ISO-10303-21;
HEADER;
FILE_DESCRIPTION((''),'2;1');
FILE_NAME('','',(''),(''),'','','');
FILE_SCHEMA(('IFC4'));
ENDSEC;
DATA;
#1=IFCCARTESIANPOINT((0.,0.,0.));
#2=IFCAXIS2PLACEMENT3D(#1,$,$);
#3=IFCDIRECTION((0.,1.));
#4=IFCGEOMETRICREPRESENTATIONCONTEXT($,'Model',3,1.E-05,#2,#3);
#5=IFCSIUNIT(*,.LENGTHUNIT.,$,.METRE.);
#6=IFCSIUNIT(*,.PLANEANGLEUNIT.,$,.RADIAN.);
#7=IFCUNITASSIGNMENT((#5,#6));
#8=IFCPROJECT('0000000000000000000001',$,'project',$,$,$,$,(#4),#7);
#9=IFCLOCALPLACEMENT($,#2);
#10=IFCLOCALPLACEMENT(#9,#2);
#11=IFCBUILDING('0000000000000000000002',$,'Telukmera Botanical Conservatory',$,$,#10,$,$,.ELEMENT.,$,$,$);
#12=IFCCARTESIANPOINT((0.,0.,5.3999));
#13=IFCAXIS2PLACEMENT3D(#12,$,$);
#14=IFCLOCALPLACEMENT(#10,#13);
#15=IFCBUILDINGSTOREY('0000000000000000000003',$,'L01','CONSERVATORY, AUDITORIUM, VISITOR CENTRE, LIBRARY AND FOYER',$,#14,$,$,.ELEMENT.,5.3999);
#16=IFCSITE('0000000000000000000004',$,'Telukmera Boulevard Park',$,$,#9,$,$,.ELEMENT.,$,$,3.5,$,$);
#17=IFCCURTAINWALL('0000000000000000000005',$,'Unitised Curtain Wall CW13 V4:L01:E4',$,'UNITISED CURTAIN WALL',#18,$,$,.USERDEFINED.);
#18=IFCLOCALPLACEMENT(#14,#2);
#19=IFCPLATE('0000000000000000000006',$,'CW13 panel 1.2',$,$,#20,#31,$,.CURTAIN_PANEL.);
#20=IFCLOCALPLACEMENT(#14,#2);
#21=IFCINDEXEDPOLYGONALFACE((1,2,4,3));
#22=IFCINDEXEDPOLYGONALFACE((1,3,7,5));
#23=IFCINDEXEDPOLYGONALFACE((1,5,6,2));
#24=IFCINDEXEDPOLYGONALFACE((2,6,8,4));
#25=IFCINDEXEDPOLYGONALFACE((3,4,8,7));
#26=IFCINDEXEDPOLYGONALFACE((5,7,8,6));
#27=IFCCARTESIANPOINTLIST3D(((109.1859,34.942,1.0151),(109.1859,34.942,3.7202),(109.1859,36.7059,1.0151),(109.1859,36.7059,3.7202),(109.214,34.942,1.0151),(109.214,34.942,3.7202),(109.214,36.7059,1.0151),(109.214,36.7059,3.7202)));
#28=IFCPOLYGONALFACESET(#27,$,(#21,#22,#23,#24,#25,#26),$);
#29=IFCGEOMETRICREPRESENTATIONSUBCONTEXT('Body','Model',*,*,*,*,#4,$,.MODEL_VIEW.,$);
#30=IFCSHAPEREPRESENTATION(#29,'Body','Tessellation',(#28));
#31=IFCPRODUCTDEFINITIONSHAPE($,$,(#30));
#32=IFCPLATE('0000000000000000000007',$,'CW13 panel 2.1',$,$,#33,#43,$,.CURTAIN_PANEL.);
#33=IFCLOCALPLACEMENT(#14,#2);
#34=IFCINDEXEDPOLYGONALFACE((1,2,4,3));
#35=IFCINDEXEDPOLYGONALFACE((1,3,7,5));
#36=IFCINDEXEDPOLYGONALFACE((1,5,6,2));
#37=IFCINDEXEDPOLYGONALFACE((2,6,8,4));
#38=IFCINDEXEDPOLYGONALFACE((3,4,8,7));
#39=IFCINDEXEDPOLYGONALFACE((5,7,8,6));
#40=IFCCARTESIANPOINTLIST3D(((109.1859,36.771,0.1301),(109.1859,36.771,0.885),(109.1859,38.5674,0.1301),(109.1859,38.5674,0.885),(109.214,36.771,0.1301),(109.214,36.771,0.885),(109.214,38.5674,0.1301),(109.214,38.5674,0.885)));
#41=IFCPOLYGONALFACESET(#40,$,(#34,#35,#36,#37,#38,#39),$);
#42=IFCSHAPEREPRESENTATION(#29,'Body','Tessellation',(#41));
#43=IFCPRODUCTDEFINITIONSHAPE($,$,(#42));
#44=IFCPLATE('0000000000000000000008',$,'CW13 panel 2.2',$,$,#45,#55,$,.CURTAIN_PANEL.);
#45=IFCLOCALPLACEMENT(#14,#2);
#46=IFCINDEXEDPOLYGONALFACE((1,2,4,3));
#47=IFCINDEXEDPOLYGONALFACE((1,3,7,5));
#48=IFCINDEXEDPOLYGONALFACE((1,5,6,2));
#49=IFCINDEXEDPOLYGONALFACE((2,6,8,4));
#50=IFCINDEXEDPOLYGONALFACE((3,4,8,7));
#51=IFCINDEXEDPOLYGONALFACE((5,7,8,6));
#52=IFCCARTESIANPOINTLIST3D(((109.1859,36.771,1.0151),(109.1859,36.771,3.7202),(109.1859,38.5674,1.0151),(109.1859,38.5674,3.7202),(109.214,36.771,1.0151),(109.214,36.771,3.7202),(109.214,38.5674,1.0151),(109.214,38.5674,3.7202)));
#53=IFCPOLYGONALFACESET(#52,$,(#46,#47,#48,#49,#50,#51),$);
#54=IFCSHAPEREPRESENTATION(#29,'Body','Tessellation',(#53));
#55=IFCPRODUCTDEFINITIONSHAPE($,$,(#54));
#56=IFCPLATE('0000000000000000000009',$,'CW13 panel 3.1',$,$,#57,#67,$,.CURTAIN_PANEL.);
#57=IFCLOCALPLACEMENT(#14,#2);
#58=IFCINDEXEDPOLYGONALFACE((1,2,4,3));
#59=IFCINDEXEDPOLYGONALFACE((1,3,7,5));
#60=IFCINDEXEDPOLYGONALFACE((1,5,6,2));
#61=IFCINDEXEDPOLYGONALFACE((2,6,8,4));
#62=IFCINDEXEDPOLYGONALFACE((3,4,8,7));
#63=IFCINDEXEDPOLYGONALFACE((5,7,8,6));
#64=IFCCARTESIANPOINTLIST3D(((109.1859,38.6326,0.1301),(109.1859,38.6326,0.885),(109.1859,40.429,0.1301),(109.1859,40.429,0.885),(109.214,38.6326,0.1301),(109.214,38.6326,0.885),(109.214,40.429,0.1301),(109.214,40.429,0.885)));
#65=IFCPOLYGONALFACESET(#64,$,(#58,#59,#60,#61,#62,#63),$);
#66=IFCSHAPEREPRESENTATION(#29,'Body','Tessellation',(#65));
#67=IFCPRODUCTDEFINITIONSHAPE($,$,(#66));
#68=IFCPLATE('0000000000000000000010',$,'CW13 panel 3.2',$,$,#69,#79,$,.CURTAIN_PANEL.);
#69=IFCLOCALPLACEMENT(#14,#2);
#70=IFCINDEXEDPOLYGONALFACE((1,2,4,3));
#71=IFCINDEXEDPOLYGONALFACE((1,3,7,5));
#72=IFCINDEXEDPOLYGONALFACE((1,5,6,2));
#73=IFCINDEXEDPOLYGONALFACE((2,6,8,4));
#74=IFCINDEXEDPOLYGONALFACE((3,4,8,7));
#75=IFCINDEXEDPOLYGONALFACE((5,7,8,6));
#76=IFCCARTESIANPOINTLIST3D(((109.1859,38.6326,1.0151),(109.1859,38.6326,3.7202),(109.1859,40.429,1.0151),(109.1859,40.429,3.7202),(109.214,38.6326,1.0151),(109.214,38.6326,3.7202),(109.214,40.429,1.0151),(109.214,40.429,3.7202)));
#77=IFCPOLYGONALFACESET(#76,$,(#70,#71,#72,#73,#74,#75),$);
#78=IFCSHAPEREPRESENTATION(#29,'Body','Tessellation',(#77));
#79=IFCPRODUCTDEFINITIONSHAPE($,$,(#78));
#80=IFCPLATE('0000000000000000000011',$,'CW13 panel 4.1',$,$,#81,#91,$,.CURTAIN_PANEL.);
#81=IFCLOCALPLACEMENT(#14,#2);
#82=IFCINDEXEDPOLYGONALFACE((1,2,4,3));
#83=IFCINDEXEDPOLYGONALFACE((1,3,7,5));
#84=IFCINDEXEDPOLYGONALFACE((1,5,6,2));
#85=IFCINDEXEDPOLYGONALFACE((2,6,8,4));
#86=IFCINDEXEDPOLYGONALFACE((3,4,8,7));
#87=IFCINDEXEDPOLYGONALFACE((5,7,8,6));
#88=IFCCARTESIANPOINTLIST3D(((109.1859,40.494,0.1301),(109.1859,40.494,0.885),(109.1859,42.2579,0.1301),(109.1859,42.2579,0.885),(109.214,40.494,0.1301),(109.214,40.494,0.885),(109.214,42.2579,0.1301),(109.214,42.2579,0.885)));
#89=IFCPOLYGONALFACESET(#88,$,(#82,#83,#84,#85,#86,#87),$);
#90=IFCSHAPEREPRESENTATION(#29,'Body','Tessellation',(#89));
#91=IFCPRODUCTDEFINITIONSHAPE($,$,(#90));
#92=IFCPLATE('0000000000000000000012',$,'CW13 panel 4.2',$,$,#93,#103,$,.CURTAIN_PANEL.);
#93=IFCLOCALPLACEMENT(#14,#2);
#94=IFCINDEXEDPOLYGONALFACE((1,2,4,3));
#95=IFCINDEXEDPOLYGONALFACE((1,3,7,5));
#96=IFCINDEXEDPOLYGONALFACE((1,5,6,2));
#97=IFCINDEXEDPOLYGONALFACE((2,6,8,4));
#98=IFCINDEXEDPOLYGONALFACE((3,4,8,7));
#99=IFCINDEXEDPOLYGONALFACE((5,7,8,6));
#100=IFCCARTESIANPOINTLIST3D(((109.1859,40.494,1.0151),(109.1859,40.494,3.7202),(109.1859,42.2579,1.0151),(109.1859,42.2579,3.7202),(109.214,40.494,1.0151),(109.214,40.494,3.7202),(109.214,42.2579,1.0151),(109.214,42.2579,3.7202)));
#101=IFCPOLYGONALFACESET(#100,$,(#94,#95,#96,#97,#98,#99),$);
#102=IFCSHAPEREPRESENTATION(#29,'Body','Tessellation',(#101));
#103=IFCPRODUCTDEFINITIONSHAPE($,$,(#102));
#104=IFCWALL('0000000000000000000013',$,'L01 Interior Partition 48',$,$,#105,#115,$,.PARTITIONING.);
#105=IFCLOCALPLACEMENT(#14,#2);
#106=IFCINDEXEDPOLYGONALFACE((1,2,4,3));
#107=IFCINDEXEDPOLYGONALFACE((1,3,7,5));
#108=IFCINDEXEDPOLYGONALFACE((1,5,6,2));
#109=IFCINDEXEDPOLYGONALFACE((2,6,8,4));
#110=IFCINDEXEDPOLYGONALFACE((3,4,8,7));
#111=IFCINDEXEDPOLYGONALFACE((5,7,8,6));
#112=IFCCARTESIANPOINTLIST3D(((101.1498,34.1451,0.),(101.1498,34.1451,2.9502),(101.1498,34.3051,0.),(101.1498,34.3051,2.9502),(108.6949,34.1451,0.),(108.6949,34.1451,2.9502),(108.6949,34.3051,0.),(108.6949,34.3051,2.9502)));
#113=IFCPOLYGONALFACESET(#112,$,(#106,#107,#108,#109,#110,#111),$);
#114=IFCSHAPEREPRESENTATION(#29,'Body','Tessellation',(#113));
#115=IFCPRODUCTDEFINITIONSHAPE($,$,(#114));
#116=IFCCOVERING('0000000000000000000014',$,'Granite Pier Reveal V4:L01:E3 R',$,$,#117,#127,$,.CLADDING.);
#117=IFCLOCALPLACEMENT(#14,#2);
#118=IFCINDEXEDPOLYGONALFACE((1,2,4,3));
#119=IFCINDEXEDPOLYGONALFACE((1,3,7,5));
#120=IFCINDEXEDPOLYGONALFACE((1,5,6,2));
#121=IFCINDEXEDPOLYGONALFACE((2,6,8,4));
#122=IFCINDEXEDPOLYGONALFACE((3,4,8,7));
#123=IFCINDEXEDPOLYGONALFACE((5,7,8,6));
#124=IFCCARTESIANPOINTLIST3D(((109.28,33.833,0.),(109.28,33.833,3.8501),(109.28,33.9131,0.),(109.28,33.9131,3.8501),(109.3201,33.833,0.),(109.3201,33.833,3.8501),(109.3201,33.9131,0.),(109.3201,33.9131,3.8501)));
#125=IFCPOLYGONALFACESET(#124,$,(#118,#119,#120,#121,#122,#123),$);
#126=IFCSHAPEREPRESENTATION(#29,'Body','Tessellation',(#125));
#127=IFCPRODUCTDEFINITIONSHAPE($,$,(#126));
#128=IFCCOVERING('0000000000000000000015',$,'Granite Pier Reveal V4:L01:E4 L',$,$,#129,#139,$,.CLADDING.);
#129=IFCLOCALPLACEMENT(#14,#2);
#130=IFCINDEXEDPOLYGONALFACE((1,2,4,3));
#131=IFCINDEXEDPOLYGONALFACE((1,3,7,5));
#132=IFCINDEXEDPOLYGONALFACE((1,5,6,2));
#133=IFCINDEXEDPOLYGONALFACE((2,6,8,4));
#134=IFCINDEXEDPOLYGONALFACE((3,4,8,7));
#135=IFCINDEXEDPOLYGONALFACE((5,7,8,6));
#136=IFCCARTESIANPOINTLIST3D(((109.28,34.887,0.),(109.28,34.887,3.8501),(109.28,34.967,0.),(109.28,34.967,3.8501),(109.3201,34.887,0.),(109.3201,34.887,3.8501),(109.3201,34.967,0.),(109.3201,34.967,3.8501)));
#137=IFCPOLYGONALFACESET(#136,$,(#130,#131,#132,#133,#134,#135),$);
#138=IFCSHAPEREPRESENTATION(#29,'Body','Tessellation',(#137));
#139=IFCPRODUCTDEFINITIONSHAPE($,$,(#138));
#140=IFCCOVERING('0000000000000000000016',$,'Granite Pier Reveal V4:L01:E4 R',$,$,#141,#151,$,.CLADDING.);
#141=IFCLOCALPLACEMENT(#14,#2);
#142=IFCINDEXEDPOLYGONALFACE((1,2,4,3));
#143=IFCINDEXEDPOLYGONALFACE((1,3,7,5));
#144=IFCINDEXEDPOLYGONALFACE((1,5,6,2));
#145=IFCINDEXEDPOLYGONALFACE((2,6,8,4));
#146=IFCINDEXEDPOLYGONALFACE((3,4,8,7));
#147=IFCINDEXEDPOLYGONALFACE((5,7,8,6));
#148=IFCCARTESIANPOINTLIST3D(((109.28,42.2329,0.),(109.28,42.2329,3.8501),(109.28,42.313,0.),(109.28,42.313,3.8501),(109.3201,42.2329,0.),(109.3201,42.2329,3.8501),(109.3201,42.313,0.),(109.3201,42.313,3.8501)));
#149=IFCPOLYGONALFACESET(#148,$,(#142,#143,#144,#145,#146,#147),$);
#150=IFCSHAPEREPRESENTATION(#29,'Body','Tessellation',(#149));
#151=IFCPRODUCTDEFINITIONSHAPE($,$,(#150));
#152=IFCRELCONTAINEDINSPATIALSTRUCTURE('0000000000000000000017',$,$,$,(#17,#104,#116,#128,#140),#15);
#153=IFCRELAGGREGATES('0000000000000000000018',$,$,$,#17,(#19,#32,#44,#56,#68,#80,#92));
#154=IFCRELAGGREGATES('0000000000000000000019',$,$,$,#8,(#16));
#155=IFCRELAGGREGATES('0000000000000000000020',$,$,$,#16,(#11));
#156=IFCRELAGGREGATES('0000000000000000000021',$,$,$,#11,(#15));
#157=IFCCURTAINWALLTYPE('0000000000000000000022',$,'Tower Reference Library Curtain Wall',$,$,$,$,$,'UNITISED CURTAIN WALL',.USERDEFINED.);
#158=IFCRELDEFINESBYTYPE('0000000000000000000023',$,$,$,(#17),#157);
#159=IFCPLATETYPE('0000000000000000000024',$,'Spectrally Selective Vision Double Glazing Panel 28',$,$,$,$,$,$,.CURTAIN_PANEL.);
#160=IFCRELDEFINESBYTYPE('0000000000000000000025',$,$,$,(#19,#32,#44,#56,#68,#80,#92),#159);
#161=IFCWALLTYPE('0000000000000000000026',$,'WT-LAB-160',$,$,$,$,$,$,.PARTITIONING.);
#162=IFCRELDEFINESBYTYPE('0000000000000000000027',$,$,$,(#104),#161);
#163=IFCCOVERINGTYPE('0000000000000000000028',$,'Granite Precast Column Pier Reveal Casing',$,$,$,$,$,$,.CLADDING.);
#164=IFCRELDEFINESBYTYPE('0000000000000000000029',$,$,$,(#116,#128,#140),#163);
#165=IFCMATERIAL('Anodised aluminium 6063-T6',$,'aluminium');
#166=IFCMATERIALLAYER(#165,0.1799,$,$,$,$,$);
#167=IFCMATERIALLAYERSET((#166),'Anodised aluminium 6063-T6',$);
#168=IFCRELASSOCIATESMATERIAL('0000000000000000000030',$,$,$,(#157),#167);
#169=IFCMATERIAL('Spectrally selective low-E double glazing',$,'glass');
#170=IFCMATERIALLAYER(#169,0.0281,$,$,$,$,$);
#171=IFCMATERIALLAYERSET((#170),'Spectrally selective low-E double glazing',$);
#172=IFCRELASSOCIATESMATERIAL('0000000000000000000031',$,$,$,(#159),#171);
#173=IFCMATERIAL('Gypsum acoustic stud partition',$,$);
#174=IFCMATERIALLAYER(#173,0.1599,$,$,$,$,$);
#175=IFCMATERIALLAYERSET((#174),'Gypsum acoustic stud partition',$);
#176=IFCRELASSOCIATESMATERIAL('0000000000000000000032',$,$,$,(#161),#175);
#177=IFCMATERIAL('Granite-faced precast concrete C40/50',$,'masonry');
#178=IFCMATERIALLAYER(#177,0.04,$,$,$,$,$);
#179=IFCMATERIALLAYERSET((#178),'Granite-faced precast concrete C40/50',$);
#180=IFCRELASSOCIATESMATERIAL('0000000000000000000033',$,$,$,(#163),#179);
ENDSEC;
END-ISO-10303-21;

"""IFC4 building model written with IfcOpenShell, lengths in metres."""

from ifc_helpers import new_model, si_unit, direction, frame, frame_2d, origin, origin_2d, place, context, subcontext, project, spatial, rectangle, extrude, material, layer, layer_set, type_object, element, aggregate, save


model = new_model("IFC4")

# Units and contexts
model_context = context("Model", 3, precision=1e-05, world=origin(), true_north=direction((0.0, 1.0)))
body_context = subcontext(model_context, "Body", "Model", "MODEL_VIEW")
ifc_project = project(units=[si_unit("LENGTHUNIT", "METRE"), si_unit("PLANEANGLEUNIT", "RADIAN")], contexts=[model_context])

# Site, building, storey
site_placement = place(None, origin())
site = spatial("IfcSite", under=ifc_project, at=site_placement, Name="Telukmera Boulevard Park", CompositionType="ELEMENT", RefElevation=3.5)
building_placement = place(site_placement, origin())
building = spatial("IfcBuilding", under=site, at=building_placement, Name="Telukmera Botanical Conservatory", CompositionType="ELEMENT")
storey_placement = place(building_placement, frame((0.0, 0.0, 5.3999)))
storey = spatial("IfcBuildingStorey", under=building, at=storey_placement, Name="L01", Description="CONSERVATORY, AUDITORIUM, VISITOR CENTRE, LIBRARY AND FOYER", CompositionType="ELEMENT", Elevation=5.3999)

# Curtain wall
ifc_material_1 = material(Name="Anodised aluminium 6063-T6", Category="aluminium")
ifc_layer_1 = layer(ifc_material_1, 0.1799)
ifc_layer_set_1 = layer_set([ifc_layer_1], Name="Anodised aluminium 6063-T6")
curtain_wall_type = type_object("IfcCurtainWallType", Name="Tower Reference Library Curtain Wall", ElementType="UNITISED CURTAIN WALL", PredefinedType="USERDEFINED", material=ifc_layer_set_1)
curtain_wall_1_placement = place(storey_placement, origin())
curtain_wall_1 = element("IfcCurtainWall", 1, at=curtain_wall_1_placement, inside=storey, type_object=curtain_wall_type, Name="Unitised Curtain Wall CW13 V4:L01:E4", ObjectType="UNITISED CURTAIN WALL", PredefinedType="USERDEFINED")

# Plates
ifc_material_2 = material(Name="Spectrally selective low-E double glazing", Category="glass")
ifc_layer_2 = layer(ifc_material_2, 0.0281)
ifc_layer_set_2 = layer_set([ifc_layer_2], Name="Spectrally selective low-E double glazing")
plate_type = type_object("IfcPlateType", Name="Spectrally Selective Vision Double Glazing Panel 28", PredefinedType="CURTAIN_PANEL", material=ifc_layer_set_2)
plate_1_placement = place(storey_placement, frame((109.2, 35.824, 1.0151), z_axis=(0.0, 0.0, 1.0), x_axis=(0.0, 1.0, 0.0)))
plate_1 = element("IfcPlate", 2, at=plate_1_placement, type_object=plate_type, Name="CW13 panel 1.2", PredefinedType="CURTAIN_PANEL", context=body_context, shape_type="SweptSolid", body=[
    extrude(rectangle(XDim=1.7639, YDim=0.0281, at=origin_2d()), origin(), (0.0, 0.0, 1.0), 2.7051),
])
plate_2_placement = place(storey_placement, frame((109.2, 37.6692, 0.1301), z_axis=(0.0, 0.0, 1.0), x_axis=(0.0, 1.0, 0.0)))
plate_2 = element("IfcPlate", 3, at=plate_2_placement, type_object=plate_type, Name="CW13 panel 2.1", PredefinedType="CURTAIN_PANEL", context=body_context, shape_type="SweptSolid", body=[
    extrude(rectangle(XDim=1.7964, YDim=0.0281, at=origin_2d()), origin(), (0.0, 0.0, 1.0), 0.7549),
])
plate_3_placement = place(storey_placement, frame((109.2, 37.6692, 1.0151), z_axis=(0.0, 0.0, 1.0), x_axis=(0.0, 1.0, 0.0)))
plate_3 = element("IfcPlate", 4, at=plate_3_placement, type_object=plate_type, Name="CW13 panel 2.2", PredefinedType="CURTAIN_PANEL", context=body_context, shape_type="SweptSolid", body=[
    extrude(rectangle(XDim=1.7964, YDim=0.0281, at=origin_2d()), origin(), (0.0, 0.0, 1.0), 2.7051),
])
plate_4_placement = place(storey_placement, frame((109.2, 39.5308, 0.1301), z_axis=(0.0, 0.0, 1.0), x_axis=(0.0, 1.0, 0.0)))
plate_4 = element("IfcPlate", 5, at=plate_4_placement, type_object=plate_type, Name="CW13 panel 3.1", PredefinedType="CURTAIN_PANEL", context=body_context, shape_type="SweptSolid", body=[
    extrude(rectangle(XDim=1.7964, YDim=0.0281, at=origin_2d()), origin(), (0.0, 0.0, 1.0), 0.7549),
])
plate_5_placement = place(storey_placement, frame((109.2, 39.5308, 1.0151), z_axis=(0.0, 0.0, 1.0), x_axis=(0.0, 1.0, 0.0)))
plate_5 = element("IfcPlate", 6, at=plate_5_placement, type_object=plate_type, Name="CW13 panel 3.2", PredefinedType="CURTAIN_PANEL", context=body_context, shape_type="SweptSolid", body=[
    extrude(rectangle(XDim=1.7964, YDim=0.0281, at=origin_2d()), origin(), (0.0, 0.0, 1.0), 2.7051),
])
plate_6_placement = place(storey_placement, frame((109.2, 41.376, 0.1301), z_axis=(0.0, 0.0, 1.0), x_axis=(0.0, 1.0, 0.0)))
plate_6 = element("IfcPlate", 7, at=plate_6_placement, type_object=plate_type, Name="CW13 panel 4.1", PredefinedType="CURTAIN_PANEL", context=body_context, shape_type="SweptSolid", body=[
    extrude(rectangle(XDim=1.7639, YDim=0.0281, at=origin_2d()), origin(), (0.0, 0.0, 1.0), 0.7549),
])
plate_7_placement = place(storey_placement, frame((109.2, 41.376, 1.0151), z_axis=(0.0, 0.0, 1.0), x_axis=(0.0, 1.0, 0.0)))
plate_7 = element("IfcPlate", 8, at=plate_7_placement, type_object=plate_type, Name="CW13 panel 4.2", PredefinedType="CURTAIN_PANEL", context=body_context, shape_type="SweptSolid", body=[
    extrude(rectangle(XDim=1.7639, YDim=0.0281, at=origin_2d()), origin(), (0.0, 0.0, 1.0), 2.7051),
])
aggregate(curtain_wall_1, [plate_1, plate_2, plate_3, plate_4, plate_5, plate_6, plate_7])

# Wall
ifc_material_3 = material(Name="Gypsum acoustic stud partition")
ifc_layer_3 = layer(ifc_material_3, 0.1599)
ifc_layer_set_3 = layer_set([ifc_layer_3], Name="Gypsum acoustic stud partition")
wall_type = type_object("IfcWallType", Name="WT-LAB-160", PredefinedType="PARTITIONING", material=ifc_layer_set_3)
wall_placement = place(storey_placement, frame((101.1499, 34.2251, 0.0), z_axis=(0.0, 0.0, 1.0), x_axis=(1.0, 0.0, 0.0)))
element("IfcWall", 9, at=wall_placement, inside=storey, type_object=wall_type, Name="L01 Interior Partition 48", PredefinedType="PARTITIONING", context=body_context, shape_type="SweptSolid", body=[
    extrude(rectangle(XDim=7.5452, YDim=0.1599, at=frame_2d((3.7725, 0.0))), origin(), (0.0, 0.0, 1.0), 2.9502),
])

# Coverings
ifc_material_4 = material(Name="Granite-faced precast concrete C40/50", Category="masonry")
ifc_layer_4 = layer(ifc_material_4, 0.04)
ifc_layer_set_4 = layer_set([ifc_layer_4], Name="Granite-faced precast concrete C40/50")
covering_type = type_object("IfcCoveringType", Name="Granite Precast Column Pier Reveal Casing", PredefinedType="CLADDING", material=ifc_layer_set_4)
for number, where, z_axis, x_axis, name in (
    (10, (109.3, 33.873, 0.0), (0.0, 0.0, 1.0), (0.0, 1.0, 0.0), "Granite Pier Reveal V4:L01:E3 R"),
    (11, (109.3, 34.927, 0.0), (0.0, 0.0, 1.0), (0.0, 1.0, 0.0), "Granite Pier Reveal V4:L01:E4 L"),
    (12, (109.3, 42.2729, 0.0), (0.0, 0.0, 1.0), (0.0, 1.0, 0.0), "Granite Pier Reveal V4:L01:E4 R"),
):
    element("IfcCovering", number, at=place(storey_placement, frame(where, z_axis=z_axis, x_axis=x_axis)), inside=storey, type_object=covering_type, Name=name, PredefinedType="CLADDING", context=body_context, shape_type="SweptSolid", body=[
        extrude(rectangle(XDim=0.0801, YDim=0.04, at=origin_2d()), origin(), (0.0, 0.0, 1.0), 3.8501),
    ])

save(model, "model.ifc")
